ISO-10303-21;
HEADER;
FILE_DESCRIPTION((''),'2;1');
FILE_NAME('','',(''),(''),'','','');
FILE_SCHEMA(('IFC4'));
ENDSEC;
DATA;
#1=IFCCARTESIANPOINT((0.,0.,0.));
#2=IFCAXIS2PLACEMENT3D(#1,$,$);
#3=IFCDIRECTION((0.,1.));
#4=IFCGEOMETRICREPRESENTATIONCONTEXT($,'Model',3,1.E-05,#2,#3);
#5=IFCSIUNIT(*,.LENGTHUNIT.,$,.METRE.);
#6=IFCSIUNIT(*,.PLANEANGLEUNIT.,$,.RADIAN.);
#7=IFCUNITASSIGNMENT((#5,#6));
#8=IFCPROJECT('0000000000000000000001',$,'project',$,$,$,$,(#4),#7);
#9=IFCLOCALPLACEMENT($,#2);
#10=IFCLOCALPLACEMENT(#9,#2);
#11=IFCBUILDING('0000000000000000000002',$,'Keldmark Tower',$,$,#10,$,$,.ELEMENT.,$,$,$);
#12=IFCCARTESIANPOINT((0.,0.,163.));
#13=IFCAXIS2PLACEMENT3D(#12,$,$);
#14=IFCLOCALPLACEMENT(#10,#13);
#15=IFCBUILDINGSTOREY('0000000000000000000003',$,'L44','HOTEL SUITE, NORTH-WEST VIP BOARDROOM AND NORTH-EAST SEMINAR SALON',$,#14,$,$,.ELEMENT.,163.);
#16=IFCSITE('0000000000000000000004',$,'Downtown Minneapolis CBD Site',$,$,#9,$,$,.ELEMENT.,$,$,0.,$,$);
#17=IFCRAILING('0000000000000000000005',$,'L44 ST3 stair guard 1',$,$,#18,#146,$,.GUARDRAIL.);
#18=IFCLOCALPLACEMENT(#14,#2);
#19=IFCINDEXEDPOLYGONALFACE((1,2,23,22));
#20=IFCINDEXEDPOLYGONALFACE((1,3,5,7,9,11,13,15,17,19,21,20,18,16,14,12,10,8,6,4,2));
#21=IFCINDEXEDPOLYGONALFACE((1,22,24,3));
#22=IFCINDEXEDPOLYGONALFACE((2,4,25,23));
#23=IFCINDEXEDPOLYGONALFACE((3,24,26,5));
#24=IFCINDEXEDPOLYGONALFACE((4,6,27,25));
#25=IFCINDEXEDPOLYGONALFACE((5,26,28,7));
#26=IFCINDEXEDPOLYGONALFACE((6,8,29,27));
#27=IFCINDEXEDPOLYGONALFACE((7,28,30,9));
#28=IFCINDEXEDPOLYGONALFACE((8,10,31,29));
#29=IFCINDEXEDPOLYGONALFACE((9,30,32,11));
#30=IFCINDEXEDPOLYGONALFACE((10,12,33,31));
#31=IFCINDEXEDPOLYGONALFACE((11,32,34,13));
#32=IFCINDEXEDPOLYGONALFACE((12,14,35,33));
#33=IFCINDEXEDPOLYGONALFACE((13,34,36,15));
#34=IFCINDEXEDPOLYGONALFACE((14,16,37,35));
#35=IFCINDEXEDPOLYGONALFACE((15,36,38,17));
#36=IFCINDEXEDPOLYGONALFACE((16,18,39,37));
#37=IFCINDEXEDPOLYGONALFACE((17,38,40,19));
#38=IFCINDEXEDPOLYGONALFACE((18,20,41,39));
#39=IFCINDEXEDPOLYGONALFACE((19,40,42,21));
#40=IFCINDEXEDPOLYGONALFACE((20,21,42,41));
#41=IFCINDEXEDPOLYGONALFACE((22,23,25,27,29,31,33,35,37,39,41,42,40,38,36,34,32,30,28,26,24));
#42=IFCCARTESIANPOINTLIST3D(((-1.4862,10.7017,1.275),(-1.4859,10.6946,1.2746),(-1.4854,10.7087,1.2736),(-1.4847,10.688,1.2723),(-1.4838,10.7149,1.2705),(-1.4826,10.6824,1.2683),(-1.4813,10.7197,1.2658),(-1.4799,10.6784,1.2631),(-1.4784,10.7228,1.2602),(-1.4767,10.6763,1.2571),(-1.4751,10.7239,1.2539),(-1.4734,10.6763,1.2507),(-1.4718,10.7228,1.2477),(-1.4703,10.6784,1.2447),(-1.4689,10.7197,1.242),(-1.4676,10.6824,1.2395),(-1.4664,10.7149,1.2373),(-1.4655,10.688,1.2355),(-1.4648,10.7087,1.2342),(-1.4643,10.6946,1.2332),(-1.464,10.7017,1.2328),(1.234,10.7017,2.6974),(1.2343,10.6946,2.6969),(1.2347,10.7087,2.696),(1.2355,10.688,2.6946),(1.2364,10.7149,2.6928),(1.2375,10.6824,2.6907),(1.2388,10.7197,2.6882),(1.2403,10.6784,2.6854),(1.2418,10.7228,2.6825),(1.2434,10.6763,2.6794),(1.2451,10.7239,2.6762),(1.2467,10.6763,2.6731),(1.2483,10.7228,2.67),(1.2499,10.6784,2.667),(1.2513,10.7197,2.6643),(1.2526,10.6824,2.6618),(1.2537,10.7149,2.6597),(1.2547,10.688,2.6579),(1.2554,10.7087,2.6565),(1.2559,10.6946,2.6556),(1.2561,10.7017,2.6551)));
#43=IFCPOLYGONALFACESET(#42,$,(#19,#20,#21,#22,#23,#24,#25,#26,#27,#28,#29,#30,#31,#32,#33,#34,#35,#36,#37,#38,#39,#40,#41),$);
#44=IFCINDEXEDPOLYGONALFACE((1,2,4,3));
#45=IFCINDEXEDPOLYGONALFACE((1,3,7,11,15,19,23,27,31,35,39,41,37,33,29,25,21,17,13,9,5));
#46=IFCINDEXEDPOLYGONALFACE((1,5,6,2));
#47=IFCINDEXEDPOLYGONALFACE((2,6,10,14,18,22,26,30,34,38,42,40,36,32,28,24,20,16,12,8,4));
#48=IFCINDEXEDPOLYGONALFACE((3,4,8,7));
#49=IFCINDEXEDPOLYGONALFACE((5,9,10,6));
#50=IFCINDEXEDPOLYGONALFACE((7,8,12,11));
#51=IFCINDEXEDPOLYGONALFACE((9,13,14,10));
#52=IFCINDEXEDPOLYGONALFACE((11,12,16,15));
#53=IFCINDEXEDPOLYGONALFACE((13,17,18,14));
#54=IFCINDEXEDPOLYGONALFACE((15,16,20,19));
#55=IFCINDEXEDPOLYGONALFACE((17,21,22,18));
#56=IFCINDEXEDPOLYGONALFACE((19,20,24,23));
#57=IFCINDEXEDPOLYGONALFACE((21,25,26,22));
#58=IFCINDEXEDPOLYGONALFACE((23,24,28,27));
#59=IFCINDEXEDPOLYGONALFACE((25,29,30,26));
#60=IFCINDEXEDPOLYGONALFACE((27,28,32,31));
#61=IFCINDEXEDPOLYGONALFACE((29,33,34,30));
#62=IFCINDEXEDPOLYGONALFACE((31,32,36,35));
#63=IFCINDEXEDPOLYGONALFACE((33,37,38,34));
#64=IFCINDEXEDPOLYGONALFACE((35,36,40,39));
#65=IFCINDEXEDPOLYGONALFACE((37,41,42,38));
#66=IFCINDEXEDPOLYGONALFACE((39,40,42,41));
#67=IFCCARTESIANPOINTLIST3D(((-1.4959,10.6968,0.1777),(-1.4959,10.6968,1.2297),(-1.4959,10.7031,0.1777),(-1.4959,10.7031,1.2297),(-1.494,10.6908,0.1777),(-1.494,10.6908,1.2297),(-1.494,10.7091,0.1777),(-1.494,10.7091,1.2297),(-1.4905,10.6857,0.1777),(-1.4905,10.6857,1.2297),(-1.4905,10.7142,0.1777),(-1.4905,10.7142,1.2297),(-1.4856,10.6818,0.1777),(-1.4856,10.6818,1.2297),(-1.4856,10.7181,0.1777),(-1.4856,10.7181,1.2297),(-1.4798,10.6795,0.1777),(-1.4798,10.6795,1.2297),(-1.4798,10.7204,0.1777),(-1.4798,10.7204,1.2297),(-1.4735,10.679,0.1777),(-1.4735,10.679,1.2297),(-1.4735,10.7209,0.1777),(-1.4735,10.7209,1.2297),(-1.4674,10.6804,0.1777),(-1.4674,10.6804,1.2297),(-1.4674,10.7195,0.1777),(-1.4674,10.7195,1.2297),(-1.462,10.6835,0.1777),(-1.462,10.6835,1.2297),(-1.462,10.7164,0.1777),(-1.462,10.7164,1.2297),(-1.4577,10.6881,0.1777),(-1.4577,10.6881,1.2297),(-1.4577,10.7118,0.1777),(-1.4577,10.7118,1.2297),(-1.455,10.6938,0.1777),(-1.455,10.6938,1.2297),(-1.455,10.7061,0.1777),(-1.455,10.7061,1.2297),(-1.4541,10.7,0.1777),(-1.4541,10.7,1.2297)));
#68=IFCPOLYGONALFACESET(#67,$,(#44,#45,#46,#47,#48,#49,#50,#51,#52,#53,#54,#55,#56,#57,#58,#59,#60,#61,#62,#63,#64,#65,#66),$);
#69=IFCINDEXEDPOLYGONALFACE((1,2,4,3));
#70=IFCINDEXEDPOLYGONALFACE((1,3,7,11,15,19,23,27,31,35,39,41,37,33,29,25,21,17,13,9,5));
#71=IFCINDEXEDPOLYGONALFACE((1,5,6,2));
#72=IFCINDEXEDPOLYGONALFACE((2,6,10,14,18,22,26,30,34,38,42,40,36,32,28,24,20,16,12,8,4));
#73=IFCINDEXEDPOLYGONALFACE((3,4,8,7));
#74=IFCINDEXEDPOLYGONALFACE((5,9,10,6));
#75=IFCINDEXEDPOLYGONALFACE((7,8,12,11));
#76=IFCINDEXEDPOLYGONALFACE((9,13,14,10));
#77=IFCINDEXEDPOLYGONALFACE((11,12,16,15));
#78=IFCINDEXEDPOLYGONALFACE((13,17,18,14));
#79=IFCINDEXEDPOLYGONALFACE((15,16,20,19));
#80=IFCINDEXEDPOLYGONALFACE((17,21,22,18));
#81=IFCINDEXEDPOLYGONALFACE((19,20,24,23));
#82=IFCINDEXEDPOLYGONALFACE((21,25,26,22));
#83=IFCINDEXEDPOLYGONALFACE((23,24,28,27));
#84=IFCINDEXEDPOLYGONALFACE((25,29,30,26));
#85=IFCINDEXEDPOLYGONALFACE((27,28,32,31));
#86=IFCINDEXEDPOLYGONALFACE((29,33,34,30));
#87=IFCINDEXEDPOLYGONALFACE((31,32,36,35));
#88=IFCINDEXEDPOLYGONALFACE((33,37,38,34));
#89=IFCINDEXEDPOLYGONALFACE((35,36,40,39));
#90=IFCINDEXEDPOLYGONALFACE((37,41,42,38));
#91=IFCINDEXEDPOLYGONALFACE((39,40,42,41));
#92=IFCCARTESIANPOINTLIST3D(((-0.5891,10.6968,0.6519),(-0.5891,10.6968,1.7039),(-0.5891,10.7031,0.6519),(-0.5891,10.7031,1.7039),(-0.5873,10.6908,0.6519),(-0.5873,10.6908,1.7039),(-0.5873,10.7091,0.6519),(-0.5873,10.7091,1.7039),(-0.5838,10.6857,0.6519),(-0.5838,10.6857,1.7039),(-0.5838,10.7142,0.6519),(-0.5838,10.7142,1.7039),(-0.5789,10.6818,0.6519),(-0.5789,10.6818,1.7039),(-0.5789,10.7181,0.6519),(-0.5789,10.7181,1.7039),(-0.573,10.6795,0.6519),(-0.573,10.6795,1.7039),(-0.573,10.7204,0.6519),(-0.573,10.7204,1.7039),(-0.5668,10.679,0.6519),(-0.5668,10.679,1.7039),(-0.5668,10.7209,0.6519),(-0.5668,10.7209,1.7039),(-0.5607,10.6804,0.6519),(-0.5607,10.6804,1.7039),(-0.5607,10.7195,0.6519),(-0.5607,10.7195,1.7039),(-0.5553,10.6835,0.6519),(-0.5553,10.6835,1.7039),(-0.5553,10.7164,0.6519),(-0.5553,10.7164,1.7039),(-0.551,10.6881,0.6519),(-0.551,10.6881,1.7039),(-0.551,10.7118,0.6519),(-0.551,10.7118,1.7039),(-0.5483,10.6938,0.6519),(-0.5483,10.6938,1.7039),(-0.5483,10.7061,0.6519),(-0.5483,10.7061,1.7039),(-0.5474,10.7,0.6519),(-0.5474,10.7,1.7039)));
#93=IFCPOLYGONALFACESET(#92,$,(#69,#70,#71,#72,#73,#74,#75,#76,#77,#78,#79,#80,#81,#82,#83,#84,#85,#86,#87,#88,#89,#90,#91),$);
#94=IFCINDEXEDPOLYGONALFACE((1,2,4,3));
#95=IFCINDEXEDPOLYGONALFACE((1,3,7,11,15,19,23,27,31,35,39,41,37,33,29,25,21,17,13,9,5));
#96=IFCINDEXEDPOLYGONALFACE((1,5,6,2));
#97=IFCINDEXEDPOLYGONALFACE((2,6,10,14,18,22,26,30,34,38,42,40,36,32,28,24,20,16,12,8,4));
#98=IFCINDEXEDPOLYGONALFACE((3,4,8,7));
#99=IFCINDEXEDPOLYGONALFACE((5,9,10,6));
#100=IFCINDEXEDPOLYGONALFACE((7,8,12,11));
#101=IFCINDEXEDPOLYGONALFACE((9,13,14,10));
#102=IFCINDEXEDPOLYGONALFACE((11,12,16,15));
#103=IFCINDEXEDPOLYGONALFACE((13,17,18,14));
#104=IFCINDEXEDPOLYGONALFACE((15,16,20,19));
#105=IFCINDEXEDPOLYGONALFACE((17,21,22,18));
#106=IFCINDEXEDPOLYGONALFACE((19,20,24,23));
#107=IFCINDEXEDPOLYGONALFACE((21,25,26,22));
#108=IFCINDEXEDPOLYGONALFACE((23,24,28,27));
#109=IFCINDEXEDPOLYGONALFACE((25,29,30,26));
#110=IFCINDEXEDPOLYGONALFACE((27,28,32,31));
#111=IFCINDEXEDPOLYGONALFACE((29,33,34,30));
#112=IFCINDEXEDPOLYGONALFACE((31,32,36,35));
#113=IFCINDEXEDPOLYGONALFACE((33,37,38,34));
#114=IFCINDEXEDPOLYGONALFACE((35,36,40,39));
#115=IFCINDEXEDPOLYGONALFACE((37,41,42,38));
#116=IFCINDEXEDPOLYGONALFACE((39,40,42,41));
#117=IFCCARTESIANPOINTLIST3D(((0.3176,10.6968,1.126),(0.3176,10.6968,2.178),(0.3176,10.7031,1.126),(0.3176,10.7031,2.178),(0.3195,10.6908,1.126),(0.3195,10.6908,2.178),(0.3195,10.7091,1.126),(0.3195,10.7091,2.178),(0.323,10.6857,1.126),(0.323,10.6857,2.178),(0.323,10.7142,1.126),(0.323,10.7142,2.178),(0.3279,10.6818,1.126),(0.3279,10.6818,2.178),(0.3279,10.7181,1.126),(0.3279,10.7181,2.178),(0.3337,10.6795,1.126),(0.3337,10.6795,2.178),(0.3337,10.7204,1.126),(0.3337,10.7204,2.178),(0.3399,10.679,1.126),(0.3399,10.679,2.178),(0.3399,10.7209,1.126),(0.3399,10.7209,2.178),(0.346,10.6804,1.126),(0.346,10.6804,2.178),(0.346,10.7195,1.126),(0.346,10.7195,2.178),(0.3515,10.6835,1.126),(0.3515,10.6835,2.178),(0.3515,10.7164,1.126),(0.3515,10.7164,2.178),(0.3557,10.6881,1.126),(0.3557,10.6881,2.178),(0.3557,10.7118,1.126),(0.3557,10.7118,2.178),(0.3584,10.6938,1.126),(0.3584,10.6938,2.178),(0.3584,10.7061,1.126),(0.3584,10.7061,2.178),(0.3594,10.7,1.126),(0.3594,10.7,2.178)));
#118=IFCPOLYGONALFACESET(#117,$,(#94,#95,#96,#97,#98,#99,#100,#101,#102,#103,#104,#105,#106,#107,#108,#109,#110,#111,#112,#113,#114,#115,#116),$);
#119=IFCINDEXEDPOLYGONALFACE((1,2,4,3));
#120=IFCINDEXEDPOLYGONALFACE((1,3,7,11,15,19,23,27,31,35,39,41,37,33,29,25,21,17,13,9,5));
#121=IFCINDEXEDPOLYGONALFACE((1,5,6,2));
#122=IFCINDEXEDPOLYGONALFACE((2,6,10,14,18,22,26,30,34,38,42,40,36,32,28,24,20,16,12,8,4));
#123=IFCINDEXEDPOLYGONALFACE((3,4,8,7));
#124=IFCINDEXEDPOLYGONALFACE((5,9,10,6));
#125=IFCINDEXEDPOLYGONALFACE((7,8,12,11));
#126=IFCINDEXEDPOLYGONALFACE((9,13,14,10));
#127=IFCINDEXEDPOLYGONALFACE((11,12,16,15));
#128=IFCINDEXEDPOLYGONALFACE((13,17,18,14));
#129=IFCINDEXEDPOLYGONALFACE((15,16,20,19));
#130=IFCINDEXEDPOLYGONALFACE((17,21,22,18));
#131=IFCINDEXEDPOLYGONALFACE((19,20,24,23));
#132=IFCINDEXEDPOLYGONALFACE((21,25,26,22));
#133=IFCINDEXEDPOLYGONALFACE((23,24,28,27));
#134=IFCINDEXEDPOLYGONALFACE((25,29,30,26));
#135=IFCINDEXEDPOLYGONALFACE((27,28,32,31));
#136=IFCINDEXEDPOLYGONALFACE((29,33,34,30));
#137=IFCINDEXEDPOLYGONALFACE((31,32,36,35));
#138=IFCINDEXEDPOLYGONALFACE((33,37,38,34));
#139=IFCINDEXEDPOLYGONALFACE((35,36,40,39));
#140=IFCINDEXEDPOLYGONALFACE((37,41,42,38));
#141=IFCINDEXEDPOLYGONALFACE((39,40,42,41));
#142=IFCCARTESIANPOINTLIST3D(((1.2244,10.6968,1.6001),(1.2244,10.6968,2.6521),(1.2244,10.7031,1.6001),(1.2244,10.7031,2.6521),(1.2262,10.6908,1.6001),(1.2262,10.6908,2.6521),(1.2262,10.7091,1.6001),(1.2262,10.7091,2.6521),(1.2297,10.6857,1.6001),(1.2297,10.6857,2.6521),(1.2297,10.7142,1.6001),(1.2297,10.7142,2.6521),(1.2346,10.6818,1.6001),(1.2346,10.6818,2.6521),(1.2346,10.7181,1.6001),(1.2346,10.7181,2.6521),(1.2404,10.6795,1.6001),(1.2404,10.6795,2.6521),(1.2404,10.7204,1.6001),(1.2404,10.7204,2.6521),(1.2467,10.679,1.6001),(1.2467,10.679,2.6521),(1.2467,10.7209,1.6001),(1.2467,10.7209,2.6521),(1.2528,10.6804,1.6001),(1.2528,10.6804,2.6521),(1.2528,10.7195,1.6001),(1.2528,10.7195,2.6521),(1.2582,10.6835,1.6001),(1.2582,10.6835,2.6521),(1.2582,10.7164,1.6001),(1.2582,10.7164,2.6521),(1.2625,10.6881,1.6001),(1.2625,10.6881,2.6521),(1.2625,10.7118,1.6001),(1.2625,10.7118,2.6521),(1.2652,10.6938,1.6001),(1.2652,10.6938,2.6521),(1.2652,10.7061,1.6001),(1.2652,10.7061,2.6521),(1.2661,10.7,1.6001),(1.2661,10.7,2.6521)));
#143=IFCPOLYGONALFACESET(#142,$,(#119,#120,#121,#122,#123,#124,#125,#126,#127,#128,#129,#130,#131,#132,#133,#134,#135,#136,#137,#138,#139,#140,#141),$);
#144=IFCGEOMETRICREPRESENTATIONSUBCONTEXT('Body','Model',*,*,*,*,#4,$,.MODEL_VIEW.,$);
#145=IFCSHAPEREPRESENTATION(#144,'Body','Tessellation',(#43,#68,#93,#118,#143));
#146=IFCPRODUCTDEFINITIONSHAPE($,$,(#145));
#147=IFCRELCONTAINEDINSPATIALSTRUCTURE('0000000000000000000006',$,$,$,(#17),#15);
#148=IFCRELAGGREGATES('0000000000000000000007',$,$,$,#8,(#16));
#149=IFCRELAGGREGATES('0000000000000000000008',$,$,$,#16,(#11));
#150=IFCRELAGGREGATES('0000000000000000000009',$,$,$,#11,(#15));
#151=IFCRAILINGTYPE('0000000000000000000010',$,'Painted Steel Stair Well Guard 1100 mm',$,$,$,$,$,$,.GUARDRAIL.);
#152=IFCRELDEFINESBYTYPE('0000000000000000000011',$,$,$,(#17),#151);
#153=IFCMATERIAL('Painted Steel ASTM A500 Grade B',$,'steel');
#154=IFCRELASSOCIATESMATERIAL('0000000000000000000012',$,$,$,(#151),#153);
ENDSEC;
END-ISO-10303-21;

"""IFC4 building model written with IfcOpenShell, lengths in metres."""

from ifc_helpers import new_model, si_unit, direction, frame, origin, origin_2d, place, context, subcontext, project, spatial, circle, extrude, material, type_object, element, save


model = new_model("IFC4")

# Units and contexts
model_context = context("Model", 3, precision=1e-05, world=origin(), true_north=direction((0.0, 1.0)))
body_context = subcontext(model_context, "Body", "Model", "MODEL_VIEW")
ifc_project = project(units=[si_unit("LENGTHUNIT", "METRE"), si_unit("PLANEANGLEUNIT", "RADIAN")], contexts=[model_context])

# Site, building, storey
site_placement = place(None, origin())
site = spatial("IfcSite", under=ifc_project, at=site_placement, Name="Downtown Minneapolis CBD Site", CompositionType="ELEMENT", RefElevation=0.0)
building_placement = place(site_placement, origin())
building = spatial("IfcBuilding", under=site, at=building_placement, Name="Keldmark Tower", CompositionType="ELEMENT")
storey_placement = place(building_placement, frame((0.0, 0.0, 163.0)))
storey = spatial("IfcBuildingStorey", under=building, at=storey_placement, Name="L44", Description="HOTEL SUITE, NORTH-WEST VIP BOARDROOM AND NORTH-EAST SEMINAR SALON", CompositionType="ELEMENT", Elevation=163.0)

# Railing
ifc_material_1 = material(Name="Painted Steel ASTM A500 Grade B", Category="steel")
railing_type_1 = type_object("IfcRailingType", Name="Painted Steel Stair Well Guard 1100 mm", PredefinedType="GUARDRAIL", material=ifc_material_1)
railing_1_placement = place(storey_placement, frame((-1.4751, 10.7, 0.1777)))
element("IfcRailing", 1, at=railing_1_placement, inside=storey, type_object=railing_type_1, Name="L44 ST3 stair guard 1", PredefinedType="GUARDRAIL", context=body_context, shape_type="SweptSolid", body=[
    extrude(circle(Radius=0.0239, at=origin_2d()), frame((0.0, 0.0, 1.0762), z_axis=(0.886168, 0.0, 0.463365), x_axis=(0.0, 1.0, 0.0)), (0.0, 0.0, 1.0), 3.0696),
    extrude(circle(Radius=0.021, at=origin_2d()), origin(), (0.0, 0.0, 1.0), 1.052),
    extrude(circle(Radius=0.021, at=origin_2d()), frame((0.9067, 0.0, 0.4741)), (0.0, 0.0, 1.0), 1.052),
    extrude(circle(Radius=0.021, at=origin_2d()), frame((1.8135, 0.0, 0.9482)), (0.0, 0.0, 1.0), 1.052),
    extrude(circle(Radius=0.021, at=origin_2d()), frame((2.7202, 0.0, 1.4224)), (0.0, 0.0, 1.0), 1.052),
])

save(model, "model.ifc")
